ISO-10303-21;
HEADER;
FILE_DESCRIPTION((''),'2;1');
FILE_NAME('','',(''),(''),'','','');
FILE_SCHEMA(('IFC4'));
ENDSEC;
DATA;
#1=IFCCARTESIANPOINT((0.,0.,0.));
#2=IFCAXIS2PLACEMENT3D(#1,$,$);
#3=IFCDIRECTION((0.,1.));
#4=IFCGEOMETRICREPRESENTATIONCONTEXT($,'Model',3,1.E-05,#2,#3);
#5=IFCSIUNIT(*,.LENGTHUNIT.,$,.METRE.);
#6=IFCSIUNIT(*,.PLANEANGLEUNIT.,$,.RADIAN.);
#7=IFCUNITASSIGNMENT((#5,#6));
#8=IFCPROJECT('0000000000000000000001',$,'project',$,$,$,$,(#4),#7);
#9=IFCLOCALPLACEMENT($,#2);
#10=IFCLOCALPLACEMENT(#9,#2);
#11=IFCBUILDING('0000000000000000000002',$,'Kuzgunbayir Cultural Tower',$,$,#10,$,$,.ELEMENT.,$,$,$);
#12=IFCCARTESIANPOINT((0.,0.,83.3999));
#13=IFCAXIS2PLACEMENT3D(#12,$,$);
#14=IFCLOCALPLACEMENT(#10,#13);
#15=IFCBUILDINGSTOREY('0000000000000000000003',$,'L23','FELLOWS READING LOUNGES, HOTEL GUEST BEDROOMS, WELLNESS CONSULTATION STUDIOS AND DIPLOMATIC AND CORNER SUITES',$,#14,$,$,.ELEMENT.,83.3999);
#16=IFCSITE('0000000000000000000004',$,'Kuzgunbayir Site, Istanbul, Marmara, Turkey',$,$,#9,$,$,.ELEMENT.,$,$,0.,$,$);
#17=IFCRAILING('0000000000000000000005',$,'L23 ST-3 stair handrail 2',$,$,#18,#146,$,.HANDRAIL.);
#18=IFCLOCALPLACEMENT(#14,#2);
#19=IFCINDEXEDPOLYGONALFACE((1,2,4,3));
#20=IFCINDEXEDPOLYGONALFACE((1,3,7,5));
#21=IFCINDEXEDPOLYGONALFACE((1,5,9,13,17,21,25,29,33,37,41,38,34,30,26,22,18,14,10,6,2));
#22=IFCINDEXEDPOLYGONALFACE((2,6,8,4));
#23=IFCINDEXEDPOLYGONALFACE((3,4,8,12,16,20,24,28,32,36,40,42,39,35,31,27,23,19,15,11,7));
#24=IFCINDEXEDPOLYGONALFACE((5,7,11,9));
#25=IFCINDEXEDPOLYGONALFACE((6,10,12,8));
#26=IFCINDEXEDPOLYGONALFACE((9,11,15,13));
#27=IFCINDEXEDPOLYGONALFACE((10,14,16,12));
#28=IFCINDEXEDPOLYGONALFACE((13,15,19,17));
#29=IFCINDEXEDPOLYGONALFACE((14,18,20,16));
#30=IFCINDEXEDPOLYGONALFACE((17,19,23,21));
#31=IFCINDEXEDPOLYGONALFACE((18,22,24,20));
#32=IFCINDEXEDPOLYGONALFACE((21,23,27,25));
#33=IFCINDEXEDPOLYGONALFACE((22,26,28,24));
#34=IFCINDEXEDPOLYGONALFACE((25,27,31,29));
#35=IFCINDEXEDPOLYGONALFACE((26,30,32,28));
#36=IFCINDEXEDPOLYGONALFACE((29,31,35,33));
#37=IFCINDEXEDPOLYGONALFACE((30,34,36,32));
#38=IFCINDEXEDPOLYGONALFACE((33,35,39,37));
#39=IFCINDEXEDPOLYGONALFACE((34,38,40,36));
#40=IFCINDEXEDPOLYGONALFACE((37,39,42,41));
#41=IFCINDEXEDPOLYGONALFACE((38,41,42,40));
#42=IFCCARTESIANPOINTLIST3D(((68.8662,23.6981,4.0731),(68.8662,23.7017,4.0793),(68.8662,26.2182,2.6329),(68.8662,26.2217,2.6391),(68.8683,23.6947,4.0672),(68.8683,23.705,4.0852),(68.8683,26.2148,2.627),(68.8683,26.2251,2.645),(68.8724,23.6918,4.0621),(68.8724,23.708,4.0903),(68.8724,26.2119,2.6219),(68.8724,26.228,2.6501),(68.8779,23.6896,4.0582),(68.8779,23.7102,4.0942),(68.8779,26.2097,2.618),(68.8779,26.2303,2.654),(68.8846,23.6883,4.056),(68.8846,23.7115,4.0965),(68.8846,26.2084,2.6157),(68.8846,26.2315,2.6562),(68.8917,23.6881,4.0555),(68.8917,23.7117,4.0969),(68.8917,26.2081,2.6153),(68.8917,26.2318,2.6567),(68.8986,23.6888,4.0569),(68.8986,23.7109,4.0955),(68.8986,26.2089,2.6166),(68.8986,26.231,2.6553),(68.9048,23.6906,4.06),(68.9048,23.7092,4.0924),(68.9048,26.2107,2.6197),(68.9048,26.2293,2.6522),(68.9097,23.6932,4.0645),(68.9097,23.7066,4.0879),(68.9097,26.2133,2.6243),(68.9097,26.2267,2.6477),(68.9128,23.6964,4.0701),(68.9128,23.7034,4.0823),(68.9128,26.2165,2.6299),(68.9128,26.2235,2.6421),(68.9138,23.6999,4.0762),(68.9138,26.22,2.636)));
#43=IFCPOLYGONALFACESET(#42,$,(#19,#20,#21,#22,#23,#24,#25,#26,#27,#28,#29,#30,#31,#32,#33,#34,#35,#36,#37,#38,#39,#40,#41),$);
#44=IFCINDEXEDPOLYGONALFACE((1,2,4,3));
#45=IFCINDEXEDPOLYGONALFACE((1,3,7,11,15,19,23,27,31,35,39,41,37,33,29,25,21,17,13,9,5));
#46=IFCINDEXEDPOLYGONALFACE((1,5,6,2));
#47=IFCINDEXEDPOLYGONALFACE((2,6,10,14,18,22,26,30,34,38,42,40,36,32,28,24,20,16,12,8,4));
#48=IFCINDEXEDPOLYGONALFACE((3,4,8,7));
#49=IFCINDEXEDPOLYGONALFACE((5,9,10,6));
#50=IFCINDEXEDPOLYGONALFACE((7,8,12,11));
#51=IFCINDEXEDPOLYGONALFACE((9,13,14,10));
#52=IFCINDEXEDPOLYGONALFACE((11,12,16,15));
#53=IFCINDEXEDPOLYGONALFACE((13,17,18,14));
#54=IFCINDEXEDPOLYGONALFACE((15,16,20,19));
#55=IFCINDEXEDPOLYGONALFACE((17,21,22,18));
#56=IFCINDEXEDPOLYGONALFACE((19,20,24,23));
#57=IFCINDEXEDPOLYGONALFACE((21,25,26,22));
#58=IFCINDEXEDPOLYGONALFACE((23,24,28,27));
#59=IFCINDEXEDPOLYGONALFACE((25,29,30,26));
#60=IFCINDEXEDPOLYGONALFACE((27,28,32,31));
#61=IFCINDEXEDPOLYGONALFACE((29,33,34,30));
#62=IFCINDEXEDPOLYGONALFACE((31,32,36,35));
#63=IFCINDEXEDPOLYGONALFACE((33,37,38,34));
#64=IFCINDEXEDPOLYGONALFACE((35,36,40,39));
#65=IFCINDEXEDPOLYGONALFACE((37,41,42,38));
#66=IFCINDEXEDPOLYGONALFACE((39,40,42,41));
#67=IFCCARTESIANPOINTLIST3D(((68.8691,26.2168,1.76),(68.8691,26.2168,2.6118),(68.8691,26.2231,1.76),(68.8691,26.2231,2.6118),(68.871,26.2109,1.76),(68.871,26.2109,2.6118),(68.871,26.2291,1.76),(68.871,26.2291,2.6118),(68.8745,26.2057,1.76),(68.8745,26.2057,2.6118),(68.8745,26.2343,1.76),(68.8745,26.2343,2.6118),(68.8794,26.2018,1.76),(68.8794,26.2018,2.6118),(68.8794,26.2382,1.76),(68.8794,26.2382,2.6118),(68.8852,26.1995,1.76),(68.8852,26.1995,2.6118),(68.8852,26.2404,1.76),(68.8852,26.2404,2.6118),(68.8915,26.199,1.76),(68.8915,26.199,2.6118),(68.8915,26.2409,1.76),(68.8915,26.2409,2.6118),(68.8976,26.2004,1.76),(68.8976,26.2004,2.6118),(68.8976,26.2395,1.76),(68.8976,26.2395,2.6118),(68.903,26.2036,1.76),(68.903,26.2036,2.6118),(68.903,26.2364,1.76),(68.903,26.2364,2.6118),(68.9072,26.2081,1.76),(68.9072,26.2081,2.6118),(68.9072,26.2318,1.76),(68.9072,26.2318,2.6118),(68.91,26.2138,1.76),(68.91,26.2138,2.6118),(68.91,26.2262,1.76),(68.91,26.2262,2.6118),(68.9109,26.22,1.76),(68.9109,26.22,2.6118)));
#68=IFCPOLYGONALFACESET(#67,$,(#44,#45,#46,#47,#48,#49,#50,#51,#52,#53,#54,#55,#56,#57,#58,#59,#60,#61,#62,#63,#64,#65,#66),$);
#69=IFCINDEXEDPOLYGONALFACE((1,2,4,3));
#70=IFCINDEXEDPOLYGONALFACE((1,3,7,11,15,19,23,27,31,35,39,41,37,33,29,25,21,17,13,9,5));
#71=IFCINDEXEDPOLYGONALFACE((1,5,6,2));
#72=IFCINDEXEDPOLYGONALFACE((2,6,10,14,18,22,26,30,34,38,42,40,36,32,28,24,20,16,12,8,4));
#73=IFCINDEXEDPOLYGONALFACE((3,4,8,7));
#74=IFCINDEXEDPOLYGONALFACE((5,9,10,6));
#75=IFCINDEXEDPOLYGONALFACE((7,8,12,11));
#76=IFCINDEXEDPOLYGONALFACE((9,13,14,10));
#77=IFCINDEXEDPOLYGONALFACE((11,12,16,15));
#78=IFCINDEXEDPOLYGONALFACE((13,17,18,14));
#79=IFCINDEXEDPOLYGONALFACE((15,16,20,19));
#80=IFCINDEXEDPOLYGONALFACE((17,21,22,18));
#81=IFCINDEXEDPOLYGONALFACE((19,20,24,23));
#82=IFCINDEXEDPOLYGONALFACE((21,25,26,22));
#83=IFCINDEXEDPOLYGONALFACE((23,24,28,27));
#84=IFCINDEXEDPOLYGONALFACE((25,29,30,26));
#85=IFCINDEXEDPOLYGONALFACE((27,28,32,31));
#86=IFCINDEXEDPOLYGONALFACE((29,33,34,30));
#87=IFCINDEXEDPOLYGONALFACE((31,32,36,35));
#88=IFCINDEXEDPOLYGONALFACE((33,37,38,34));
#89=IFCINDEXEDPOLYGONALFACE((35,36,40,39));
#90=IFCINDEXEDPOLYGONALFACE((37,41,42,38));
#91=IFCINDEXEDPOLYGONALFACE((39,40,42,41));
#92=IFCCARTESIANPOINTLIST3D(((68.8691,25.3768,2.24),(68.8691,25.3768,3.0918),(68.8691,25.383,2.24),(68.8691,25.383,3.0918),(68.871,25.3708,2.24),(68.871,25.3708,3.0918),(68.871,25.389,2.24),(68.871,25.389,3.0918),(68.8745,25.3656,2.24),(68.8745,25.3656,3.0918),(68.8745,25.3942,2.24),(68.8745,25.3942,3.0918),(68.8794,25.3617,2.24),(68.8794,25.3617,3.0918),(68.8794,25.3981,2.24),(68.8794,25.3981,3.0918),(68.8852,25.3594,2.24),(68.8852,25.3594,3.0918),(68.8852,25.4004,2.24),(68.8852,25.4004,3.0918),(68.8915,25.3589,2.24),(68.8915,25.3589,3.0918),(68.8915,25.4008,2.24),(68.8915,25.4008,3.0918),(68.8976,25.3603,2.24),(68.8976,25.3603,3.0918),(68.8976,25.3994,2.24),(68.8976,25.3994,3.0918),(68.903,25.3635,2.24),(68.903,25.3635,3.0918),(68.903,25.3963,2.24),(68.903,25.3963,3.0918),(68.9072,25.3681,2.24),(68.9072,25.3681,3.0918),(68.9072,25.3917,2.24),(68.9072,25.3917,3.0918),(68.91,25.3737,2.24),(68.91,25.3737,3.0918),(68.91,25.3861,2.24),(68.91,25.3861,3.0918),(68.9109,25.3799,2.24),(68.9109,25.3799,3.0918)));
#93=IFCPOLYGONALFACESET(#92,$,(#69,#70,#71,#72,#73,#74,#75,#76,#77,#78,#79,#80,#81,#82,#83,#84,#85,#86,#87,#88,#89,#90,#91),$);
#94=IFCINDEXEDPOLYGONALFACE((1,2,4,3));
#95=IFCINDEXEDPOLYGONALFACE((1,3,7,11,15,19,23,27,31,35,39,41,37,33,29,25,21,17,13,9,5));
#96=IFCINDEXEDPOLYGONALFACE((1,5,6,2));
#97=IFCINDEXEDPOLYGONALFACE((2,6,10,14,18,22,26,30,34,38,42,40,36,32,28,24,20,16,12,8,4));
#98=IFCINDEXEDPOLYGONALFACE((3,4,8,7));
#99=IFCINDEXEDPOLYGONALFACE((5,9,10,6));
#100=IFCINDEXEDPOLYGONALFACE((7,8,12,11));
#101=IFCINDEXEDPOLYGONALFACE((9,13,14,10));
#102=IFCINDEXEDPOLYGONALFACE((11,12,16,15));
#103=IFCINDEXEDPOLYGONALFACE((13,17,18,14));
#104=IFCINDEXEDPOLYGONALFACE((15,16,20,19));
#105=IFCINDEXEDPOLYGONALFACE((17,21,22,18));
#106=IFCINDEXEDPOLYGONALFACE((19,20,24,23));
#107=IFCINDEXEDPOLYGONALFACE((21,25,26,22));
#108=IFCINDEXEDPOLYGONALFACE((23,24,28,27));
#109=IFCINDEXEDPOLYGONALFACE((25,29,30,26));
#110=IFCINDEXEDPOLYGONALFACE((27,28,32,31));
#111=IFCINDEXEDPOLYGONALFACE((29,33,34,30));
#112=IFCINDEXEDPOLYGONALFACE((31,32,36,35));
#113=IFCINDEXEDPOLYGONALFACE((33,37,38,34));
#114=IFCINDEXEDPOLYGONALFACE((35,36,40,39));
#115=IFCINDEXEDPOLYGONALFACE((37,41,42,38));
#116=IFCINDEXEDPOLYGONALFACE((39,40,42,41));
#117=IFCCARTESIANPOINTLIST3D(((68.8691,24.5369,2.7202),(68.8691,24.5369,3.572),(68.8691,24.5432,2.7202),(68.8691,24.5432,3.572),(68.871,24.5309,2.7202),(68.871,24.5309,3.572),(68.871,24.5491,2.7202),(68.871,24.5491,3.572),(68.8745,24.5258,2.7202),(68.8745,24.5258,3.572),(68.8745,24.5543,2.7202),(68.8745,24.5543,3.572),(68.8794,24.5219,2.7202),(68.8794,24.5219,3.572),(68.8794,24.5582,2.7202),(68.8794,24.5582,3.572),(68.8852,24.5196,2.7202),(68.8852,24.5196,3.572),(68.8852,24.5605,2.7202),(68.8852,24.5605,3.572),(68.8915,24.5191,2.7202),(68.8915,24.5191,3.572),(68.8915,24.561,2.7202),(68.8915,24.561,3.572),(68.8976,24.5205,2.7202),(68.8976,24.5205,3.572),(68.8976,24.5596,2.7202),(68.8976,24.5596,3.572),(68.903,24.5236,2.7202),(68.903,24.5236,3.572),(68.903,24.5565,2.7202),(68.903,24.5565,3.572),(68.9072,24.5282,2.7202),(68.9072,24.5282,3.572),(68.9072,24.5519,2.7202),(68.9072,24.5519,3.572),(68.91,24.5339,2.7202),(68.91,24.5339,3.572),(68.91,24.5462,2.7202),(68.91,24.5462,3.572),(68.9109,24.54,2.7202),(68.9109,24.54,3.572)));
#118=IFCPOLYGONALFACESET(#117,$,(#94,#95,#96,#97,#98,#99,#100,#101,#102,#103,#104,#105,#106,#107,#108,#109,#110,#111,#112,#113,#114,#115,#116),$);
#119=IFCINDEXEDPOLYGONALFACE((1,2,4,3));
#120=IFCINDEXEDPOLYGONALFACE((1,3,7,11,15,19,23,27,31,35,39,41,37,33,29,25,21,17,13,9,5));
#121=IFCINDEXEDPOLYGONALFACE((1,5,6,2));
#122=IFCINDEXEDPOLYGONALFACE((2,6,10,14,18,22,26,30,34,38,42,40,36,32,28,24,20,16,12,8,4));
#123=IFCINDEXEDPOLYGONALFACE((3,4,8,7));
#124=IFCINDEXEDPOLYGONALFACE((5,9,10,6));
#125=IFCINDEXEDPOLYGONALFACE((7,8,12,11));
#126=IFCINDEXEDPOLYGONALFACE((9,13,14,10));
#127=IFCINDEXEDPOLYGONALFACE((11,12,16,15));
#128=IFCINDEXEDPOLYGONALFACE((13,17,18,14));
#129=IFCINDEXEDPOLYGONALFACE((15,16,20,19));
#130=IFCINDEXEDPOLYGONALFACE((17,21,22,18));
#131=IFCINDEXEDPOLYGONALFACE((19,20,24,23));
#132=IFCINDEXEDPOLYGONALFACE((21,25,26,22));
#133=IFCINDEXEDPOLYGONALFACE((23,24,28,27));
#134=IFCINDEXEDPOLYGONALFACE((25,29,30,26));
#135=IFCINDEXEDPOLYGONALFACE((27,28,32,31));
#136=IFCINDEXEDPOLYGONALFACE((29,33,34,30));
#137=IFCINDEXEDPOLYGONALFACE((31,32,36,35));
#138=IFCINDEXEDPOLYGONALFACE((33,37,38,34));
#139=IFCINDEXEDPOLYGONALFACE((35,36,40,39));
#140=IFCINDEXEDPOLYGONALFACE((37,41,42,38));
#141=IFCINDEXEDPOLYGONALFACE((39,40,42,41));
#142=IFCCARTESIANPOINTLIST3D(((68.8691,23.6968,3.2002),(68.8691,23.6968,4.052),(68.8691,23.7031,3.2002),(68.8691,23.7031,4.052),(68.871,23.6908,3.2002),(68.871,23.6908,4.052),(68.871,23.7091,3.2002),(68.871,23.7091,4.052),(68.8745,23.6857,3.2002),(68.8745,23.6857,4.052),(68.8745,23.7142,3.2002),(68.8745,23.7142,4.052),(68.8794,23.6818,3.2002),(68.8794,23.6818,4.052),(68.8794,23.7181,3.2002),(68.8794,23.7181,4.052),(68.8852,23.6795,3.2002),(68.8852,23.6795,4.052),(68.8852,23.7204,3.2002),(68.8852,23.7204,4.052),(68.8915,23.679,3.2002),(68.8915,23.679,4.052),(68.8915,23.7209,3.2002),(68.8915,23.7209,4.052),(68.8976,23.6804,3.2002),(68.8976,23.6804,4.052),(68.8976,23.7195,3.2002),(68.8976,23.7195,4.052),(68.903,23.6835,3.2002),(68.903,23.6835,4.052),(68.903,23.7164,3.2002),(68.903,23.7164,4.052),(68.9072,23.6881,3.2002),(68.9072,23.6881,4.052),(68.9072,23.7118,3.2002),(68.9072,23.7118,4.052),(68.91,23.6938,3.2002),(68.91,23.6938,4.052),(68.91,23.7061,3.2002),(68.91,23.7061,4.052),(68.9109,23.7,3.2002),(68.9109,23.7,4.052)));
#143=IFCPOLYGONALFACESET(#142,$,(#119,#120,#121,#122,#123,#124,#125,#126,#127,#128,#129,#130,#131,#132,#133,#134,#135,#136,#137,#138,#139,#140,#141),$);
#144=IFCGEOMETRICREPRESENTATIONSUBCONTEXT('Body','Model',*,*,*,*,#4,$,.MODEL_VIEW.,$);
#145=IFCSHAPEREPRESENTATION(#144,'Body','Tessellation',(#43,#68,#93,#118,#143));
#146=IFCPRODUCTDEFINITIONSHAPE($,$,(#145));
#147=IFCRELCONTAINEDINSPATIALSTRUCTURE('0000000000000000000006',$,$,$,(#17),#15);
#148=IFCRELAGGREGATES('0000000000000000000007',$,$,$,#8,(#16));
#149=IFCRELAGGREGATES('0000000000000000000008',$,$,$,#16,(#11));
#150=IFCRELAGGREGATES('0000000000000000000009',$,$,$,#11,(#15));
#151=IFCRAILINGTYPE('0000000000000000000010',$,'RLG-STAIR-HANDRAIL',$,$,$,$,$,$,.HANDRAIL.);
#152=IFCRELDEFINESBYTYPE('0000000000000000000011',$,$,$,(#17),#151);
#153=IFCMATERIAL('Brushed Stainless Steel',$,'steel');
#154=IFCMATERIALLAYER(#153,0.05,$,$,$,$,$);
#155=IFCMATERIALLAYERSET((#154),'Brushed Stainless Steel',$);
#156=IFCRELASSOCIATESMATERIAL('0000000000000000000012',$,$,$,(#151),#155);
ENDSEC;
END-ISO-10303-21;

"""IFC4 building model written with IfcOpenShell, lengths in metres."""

from ifc_helpers import new_model, si_unit, direction, frame, origin, origin_2d, place, context, subcontext, project, spatial, circle, extrude, material, layer, layer_set, type_object, element, save


model = new_model("IFC4")

# Units and contexts
model_context = context("Model", 3, precision=1e-05, world=origin(), true_north=direction((0.0, 1.0)))
body_context = subcontext(model_context, "Body", "Model", "MODEL_VIEW")
ifc_project = project(units=[si_unit("LENGTHUNIT", "METRE"), si_unit("PLANEANGLEUNIT", "RADIAN")], contexts=[model_context])

# Site, building, storey
site_placement = place(None, origin())
site = spatial("IfcSite", under=ifc_project, at=site_placement, Name="Kuzgunbayir Site, Istanbul, Marmara, Turkey", CompositionType="ELEMENT", RefElevation=0.0)
building_placement = place(site_placement, origin())
building = spatial("IfcBuilding", under=site, at=building_placement, Name="Kuzgunbayir Cultural Tower", CompositionType="ELEMENT")
storey_placement = place(building_placement, frame((0.0, 0.0, 83.3999)))
storey = spatial("IfcBuildingStorey", under=building, at=storey_placement, Name="L23", Description="FELLOWS READING LOUNGES, HOTEL GUEST BEDROOMS, WELLNESS CONSULTATION STUDIOS AND DIPLOMATIC AND CORNER SUITES", CompositionType="ELEMENT", Elevation=83.3999)

# Railing
ifc_material_1 = material(Name="Brushed Stainless Steel", Category="steel")
ifc_layer_1 = layer(ifc_material_1, 0.05)
ifc_layer_set_1 = layer_set([ifc_layer_1], Name="Brushed Stainless Steel")
railing_type_1 = type_object("IfcRailingType", Name="RLG-STAIR-HANDRAIL", PredefinedType="HANDRAIL", material=ifc_layer_set_1)
railing_1_placement = place(storey_placement, frame((68.8899, 26.22, 1.76)))
element("IfcRailing", 1, at=railing_1_placement, inside=storey, type_object=railing_type_1, Name="L23 ST-3 stair handrail 2", PredefinedType="HANDRAIL", context=body_context, shape_type="SweptSolid", body=[
    extrude(circle(Radius=0.0239, at=origin_2d()), frame((0.0, 0.0, 0.876), z_axis=(0.0, -0.868217, 0.496184), x_axis=(1.0, 0.0, 0.0)), (0.0, 0.0, 1.0), 2.9026),
    extrude(circle(Radius=0.021, at=origin_2d()), origin(), (0.0, 0.0, 1.0), 0.8518),
    extrude(circle(Radius=0.021, at=origin_2d()), frame((0.0, -0.8401, 0.48)), (0.0, 0.0, 1.0), 0.8518),
    extrude(circle(Radius=0.021, at=origin_2d()), frame((0.0, -1.6799, 0.9602)), (0.0, 0.0, 1.0), 0.8518),
    extrude(circle(Radius=0.021, at=origin_2d()), frame((0.0, -2.52, 1.4402)), (0.0, 0.0, 1.0), 0.8518),
])

save(model, "model.ifc")
